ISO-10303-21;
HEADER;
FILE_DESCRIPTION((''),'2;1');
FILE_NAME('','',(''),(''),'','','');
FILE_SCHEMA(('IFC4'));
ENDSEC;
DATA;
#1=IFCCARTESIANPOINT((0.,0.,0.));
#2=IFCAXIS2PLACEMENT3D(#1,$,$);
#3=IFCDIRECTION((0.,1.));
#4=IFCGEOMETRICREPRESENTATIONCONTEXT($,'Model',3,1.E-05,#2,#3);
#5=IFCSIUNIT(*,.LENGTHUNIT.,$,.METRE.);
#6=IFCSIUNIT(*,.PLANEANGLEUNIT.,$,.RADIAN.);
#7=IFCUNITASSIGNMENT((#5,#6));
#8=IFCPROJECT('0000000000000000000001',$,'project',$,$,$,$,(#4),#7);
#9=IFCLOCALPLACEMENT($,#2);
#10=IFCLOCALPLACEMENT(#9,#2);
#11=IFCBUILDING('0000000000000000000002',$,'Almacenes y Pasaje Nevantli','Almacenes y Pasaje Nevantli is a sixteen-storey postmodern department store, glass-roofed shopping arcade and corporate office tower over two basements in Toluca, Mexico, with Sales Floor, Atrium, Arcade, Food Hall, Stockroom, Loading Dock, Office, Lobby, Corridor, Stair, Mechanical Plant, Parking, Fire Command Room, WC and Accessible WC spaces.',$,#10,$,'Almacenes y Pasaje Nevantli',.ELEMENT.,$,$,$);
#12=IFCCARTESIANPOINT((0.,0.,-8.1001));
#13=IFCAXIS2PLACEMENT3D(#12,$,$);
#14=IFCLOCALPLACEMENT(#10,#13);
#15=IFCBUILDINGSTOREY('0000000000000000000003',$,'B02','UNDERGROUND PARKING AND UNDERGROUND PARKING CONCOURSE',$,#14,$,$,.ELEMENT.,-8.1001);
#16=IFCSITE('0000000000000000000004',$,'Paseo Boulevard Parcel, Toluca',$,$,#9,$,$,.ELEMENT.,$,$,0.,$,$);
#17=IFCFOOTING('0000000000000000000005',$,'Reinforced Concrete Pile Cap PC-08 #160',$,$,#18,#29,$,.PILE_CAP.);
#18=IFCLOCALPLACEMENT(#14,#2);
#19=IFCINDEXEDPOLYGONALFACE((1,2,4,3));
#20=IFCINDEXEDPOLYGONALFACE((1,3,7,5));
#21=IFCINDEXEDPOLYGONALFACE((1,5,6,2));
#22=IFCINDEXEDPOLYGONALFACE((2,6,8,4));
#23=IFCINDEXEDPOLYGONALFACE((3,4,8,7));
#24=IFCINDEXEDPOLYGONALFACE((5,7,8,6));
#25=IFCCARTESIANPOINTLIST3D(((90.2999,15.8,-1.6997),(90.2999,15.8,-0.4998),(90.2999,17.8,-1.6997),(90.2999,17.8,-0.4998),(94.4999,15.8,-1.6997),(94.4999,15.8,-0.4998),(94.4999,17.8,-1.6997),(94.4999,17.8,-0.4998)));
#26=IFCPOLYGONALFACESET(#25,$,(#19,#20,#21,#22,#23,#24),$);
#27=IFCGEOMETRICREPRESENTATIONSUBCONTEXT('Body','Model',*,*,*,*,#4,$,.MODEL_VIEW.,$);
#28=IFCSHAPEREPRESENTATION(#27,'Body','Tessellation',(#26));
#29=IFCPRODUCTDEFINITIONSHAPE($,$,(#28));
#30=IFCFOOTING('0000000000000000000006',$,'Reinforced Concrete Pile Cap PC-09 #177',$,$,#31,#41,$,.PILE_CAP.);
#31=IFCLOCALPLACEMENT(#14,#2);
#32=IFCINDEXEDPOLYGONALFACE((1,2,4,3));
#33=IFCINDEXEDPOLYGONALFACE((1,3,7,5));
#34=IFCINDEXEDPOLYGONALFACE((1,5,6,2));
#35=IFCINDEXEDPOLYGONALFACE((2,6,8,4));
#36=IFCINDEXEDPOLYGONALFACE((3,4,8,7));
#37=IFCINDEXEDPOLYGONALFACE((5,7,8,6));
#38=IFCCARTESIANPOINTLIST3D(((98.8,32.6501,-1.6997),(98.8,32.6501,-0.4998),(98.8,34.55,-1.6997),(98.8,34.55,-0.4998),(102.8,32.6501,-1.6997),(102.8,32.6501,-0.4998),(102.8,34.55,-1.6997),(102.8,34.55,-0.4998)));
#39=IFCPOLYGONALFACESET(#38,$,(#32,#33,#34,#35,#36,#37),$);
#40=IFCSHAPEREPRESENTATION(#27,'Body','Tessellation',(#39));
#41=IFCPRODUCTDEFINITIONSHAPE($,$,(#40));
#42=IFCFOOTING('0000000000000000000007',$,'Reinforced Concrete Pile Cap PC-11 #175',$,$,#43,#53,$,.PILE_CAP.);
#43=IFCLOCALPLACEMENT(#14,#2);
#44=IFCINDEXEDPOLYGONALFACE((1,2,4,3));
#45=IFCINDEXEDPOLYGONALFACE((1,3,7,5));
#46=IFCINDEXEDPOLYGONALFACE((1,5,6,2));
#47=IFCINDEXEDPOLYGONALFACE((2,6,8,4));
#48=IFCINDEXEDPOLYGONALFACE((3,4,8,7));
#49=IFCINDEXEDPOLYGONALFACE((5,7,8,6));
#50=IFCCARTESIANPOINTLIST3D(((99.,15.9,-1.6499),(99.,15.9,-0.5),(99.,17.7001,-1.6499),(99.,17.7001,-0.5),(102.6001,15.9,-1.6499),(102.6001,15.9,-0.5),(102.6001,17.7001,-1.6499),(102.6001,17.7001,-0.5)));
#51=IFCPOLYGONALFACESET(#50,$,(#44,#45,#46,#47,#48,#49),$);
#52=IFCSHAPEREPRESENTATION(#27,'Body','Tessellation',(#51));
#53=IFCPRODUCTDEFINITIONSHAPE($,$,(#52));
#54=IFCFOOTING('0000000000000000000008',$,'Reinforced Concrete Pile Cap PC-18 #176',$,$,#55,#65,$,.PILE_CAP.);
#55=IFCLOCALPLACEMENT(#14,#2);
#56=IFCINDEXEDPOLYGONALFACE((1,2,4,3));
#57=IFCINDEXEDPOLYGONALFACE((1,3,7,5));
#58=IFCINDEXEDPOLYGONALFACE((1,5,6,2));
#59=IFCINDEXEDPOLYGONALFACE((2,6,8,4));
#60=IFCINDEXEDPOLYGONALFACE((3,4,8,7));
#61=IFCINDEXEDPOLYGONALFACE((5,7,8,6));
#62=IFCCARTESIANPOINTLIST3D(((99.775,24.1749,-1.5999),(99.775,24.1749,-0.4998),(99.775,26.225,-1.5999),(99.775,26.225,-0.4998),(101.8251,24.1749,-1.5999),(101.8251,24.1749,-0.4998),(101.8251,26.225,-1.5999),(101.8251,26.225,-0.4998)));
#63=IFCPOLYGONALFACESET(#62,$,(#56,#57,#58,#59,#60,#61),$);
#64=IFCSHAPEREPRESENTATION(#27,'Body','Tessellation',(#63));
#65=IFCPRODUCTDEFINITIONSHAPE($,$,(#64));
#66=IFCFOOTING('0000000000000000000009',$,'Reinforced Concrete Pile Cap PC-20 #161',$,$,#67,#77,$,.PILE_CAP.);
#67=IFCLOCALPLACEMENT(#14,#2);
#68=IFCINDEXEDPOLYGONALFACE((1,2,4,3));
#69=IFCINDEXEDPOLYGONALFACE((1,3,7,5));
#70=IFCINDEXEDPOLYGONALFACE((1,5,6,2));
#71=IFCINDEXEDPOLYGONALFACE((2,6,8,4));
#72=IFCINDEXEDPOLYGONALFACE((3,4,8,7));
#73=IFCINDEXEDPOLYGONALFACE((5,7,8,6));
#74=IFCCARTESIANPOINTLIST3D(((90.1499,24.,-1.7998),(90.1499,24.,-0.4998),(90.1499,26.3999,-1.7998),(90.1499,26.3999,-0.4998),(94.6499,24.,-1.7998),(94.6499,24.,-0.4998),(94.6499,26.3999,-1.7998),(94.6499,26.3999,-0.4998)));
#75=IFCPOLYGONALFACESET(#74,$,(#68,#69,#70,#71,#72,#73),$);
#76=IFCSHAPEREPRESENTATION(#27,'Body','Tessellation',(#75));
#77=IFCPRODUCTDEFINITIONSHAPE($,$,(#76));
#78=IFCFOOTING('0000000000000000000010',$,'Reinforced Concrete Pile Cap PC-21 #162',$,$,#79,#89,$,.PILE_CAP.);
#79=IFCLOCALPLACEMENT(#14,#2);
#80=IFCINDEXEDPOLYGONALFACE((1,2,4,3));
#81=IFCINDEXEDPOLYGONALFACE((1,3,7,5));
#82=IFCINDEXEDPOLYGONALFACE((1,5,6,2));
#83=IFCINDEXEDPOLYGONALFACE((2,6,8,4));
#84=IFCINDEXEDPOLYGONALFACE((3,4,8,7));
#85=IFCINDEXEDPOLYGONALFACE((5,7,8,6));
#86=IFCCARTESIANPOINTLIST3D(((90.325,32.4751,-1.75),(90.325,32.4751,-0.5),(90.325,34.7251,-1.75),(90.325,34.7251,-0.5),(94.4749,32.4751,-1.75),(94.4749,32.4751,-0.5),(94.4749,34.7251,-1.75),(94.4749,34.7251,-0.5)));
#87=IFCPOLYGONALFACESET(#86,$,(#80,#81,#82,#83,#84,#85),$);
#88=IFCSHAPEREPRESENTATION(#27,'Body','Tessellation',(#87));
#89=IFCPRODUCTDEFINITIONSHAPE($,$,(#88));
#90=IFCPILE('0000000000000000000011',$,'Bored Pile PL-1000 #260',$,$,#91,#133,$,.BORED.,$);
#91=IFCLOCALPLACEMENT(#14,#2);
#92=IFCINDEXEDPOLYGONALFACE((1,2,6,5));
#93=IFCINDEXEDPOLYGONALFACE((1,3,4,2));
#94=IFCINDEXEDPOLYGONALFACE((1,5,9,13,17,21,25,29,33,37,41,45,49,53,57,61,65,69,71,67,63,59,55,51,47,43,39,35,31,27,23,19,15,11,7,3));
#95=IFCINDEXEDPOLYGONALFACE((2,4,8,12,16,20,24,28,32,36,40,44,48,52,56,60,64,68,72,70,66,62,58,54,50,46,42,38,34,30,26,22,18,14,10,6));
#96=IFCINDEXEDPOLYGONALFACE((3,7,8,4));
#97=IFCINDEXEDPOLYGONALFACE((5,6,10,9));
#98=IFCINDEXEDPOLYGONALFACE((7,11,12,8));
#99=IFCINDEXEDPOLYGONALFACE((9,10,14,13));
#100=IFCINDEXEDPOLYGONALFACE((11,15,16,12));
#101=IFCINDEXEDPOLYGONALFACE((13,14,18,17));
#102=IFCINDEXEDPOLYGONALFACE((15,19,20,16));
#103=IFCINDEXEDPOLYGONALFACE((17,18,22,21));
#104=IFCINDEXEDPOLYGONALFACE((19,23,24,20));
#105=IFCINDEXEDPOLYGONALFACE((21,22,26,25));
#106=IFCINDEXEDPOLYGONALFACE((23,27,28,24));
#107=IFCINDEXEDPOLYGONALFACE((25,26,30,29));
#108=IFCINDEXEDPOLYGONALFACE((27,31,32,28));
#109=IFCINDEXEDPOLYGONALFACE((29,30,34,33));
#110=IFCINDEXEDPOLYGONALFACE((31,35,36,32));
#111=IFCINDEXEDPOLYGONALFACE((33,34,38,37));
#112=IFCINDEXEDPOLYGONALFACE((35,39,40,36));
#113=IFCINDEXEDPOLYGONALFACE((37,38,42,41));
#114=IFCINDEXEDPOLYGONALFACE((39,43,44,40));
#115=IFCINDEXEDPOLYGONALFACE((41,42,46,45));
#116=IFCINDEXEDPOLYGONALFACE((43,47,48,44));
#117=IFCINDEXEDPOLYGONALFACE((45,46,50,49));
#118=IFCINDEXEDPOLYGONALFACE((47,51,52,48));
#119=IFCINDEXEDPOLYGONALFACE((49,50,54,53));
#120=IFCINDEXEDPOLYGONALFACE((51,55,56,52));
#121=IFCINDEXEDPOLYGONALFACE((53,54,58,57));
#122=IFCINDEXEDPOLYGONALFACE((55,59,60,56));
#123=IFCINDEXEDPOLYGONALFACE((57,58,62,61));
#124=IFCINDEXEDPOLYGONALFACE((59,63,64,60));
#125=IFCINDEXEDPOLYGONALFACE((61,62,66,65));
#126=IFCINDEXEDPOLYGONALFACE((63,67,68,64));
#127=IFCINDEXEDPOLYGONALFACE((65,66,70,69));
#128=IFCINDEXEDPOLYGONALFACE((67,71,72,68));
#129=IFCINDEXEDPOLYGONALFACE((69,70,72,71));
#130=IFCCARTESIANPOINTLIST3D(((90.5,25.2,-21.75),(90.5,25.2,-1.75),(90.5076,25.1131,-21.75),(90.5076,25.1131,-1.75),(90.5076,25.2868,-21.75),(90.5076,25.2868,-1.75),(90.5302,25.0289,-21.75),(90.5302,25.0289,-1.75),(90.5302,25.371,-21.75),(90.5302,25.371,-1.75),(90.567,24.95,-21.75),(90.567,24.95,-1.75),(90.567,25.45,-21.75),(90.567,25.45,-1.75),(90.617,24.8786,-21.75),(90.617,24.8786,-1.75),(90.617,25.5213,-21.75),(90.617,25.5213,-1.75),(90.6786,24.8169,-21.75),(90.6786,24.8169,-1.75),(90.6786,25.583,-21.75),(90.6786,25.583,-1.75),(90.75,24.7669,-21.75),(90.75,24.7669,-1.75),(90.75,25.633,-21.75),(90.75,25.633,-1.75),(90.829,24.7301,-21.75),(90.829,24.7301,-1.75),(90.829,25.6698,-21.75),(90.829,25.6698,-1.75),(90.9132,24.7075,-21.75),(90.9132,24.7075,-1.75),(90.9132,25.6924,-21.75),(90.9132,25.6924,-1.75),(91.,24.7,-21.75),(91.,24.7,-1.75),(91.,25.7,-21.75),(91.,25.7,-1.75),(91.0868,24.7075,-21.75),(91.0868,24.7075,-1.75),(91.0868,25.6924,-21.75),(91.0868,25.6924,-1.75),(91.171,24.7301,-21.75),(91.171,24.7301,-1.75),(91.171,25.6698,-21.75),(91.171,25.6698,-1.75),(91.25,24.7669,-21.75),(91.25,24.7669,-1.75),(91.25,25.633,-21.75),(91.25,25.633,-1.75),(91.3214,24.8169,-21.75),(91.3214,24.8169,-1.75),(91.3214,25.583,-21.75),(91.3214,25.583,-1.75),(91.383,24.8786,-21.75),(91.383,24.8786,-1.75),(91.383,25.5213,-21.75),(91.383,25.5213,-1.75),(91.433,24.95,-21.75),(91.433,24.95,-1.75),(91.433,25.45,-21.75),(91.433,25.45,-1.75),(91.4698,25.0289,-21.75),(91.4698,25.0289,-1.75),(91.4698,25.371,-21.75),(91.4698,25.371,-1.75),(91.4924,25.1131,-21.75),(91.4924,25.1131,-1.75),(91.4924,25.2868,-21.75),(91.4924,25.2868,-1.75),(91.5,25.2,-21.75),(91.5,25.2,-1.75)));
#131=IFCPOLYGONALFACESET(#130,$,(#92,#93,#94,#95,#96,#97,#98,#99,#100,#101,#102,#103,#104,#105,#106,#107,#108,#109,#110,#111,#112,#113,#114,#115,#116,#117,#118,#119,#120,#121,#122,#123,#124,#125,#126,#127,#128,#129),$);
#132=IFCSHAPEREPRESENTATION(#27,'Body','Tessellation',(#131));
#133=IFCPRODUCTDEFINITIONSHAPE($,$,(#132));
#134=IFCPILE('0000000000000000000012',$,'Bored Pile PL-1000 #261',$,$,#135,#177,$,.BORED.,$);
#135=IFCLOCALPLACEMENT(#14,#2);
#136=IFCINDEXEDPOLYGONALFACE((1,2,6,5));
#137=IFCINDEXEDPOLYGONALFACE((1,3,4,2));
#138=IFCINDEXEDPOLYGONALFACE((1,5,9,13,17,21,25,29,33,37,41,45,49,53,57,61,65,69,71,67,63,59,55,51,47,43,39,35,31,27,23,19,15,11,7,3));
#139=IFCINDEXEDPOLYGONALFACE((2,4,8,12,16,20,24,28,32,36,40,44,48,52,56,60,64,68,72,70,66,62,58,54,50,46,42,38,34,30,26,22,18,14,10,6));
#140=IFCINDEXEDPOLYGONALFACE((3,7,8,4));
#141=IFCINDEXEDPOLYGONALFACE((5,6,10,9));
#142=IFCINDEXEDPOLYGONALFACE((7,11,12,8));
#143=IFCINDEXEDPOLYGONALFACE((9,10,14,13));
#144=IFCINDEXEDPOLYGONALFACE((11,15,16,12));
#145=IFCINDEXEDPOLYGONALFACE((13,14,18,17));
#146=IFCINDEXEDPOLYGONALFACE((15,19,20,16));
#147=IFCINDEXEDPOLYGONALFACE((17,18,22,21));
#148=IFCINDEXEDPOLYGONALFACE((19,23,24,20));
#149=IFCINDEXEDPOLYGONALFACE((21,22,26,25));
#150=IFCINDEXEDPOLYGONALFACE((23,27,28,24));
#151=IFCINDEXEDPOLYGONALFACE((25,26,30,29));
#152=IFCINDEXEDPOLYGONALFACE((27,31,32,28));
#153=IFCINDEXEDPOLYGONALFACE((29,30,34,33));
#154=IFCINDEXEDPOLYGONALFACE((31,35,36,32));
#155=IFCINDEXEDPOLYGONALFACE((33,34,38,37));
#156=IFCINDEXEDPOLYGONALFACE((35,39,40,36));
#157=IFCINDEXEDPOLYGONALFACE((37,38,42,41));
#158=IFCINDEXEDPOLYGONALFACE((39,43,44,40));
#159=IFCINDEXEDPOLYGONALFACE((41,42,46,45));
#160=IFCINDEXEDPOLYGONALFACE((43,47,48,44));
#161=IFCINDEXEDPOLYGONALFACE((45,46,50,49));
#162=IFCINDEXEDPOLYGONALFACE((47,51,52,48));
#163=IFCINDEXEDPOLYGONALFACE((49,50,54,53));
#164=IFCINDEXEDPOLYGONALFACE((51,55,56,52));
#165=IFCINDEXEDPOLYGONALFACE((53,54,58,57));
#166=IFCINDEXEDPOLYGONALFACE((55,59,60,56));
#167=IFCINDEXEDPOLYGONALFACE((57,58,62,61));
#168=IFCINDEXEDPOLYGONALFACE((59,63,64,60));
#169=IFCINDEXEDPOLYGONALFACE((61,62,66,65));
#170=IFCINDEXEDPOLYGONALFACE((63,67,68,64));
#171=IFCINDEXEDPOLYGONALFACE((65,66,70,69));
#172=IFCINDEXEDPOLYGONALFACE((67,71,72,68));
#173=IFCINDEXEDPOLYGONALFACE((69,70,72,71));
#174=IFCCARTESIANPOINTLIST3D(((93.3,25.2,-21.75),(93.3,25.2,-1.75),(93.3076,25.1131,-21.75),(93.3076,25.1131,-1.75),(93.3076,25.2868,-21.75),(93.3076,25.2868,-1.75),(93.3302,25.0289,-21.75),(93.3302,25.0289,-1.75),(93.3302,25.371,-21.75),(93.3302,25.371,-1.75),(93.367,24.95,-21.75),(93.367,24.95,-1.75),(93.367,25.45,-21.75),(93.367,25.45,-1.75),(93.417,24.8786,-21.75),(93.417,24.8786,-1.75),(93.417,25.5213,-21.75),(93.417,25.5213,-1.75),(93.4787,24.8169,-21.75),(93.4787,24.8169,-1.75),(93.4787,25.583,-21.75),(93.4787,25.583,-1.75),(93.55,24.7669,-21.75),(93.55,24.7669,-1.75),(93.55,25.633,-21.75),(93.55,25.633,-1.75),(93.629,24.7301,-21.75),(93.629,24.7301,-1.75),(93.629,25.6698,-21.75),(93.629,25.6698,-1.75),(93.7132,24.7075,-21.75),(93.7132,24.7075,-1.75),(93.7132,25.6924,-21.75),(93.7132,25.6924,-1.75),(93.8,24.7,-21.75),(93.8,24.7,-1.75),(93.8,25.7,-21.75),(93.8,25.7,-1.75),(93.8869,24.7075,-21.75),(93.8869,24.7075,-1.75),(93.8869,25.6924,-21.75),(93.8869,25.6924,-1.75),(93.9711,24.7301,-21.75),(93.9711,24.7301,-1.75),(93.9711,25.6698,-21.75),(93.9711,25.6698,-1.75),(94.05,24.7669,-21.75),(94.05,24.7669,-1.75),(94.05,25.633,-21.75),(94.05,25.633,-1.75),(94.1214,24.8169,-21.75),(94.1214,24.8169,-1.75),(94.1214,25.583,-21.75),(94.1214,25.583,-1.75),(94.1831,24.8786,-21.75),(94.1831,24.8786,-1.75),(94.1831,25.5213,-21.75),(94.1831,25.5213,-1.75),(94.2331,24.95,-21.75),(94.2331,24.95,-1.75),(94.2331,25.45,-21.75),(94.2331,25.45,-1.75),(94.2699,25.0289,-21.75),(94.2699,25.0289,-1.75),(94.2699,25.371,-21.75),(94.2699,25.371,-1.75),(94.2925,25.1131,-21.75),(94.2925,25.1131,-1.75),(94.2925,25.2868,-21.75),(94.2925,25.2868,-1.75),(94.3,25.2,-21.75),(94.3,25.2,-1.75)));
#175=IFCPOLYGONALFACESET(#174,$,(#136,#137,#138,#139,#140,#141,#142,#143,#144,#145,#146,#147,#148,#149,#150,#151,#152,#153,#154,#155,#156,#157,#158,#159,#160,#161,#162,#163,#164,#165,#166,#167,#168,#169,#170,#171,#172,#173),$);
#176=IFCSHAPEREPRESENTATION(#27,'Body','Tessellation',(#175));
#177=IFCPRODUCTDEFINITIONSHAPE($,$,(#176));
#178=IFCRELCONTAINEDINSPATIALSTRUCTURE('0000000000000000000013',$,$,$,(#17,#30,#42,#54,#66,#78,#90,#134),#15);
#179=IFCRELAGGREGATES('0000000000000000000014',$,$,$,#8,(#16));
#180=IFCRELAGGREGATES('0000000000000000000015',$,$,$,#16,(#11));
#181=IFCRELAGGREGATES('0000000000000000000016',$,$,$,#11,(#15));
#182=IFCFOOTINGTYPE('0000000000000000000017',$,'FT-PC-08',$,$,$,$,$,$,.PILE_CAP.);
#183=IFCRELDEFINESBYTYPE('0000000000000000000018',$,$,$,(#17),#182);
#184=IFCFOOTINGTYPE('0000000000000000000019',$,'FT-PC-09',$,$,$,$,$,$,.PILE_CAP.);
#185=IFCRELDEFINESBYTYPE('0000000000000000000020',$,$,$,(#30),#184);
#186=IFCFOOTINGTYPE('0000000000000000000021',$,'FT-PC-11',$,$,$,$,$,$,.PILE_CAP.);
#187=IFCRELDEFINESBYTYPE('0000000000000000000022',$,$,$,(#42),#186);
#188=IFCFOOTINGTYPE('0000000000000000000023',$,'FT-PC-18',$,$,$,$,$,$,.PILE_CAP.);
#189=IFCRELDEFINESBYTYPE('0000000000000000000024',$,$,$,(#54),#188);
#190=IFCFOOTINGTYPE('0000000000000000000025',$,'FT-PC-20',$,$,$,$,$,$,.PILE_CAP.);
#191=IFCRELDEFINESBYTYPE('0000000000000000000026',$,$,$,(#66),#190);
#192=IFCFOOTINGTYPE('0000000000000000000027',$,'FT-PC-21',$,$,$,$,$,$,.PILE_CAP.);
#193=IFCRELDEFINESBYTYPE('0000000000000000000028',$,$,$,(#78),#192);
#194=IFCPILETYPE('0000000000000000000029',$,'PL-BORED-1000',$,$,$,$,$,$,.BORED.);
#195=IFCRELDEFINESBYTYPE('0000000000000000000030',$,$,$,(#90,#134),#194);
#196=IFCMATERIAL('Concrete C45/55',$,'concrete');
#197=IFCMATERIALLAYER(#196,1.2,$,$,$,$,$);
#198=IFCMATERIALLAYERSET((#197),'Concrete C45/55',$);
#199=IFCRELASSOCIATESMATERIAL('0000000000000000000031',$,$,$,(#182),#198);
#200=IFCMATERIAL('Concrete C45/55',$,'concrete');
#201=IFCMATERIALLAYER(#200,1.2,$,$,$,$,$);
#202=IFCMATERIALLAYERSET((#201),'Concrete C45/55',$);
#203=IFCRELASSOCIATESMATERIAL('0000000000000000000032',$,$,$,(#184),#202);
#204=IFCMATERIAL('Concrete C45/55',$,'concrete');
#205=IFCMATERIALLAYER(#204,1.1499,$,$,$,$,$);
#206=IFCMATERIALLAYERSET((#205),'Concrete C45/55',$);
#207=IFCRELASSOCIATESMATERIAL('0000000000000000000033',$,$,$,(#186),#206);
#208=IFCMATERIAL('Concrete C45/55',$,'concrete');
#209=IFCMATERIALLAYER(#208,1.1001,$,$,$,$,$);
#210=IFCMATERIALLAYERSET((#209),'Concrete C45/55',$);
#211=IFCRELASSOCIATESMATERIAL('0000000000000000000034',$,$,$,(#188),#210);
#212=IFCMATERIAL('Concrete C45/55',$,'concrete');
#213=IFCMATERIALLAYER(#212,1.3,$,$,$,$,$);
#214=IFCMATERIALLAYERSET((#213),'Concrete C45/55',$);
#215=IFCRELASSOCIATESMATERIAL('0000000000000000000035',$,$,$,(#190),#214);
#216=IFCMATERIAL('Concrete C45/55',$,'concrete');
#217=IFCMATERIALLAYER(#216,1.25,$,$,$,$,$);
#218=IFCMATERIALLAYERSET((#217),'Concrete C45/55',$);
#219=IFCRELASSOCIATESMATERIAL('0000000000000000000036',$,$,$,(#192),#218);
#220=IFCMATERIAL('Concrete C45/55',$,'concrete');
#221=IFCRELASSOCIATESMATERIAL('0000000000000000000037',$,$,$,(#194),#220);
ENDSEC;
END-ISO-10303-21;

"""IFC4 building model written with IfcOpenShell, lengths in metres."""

from ifc_helpers import new_model, si_unit, direction, frame, origin, origin_2d, place, context, subcontext, project, spatial, rectangle, circle, extrude, material, layer, layer_set, material_profile, profile_set, type_object, element, save


model = new_model("IFC4")

# Units and contexts
model_context = context("Model", 3, precision=1e-05, world=origin(), true_north=direction((0.0, 1.0)))
body_context = subcontext(model_context, "Body", "Model", "MODEL_VIEW")
ifc_project = project(units=[si_unit("LENGTHUNIT", "METRE"), si_unit("PLANEANGLEUNIT", "RADIAN")], contexts=[model_context])

# Site, building, storey
site_placement = place(None, origin())
site = spatial("IfcSite", under=ifc_project, at=site_placement, Name="Paseo Boulevard Parcel, Toluca", CompositionType="ELEMENT", RefElevation=0.0)
building_placement = place(site_placement, origin())
building = spatial("IfcBuilding", under=site, at=building_placement, Name="Almacenes y Pasaje Nevantli", Description="Almacenes y Pasaje Nevantli is a sixteen-storey postmodern department store, glass-roofed shopping arcade and corporate office tower over two basements in Toluca, Mexico, with Sales Floor, Atrium, Arcade, Food Hall, Stockroom, Loading Dock, Office, Lobby, Corridor, Stair, Mechanical Plant, Parking, Fire Command Room, WC and Accessible WC spaces.", LongName="Almacenes y Pasaje Nevantli", CompositionType="ELEMENT")
storey_placement = place(building_placement, frame((0.0, 0.0, -8.1001)))
storey = spatial("IfcBuildingStorey", under=building, at=storey_placement, Name="B02", Description="UNDERGROUND PARKING AND UNDERGROUND PARKING CONCOURSE", CompositionType="ELEMENT", Elevation=-8.1001)

# Footings
ifc_material_1 = material(Name="Concrete C45/55", Category="concrete")
ifc_layer_1 = layer(ifc_material_1, 1.2)
ifc_layer_set_1 = layer_set([ifc_layer_1], Name="Concrete C45/55")
footing_type_1 = type_object("IfcFootingType", Name="FT-PC-08", PredefinedType="PILE_CAP", material=ifc_layer_set_1)
footing_1_placement = place(storey_placement, frame((92.3999, 16.8, -1.6997), z_axis=(0.0, 0.0, 1.0), x_axis=(1.0, 0.0, 0.0)))
element("IfcFooting", 1, at=footing_1_placement, inside=storey, type_object=footing_type_1, Name="Reinforced Concrete Pile Cap PC-08 #160", PredefinedType="PILE_CAP", context=body_context, shape_type="SweptSolid", body=[
    extrude(rectangle(XDim=4.2, YDim=2.0, at=origin_2d()), origin(), (0.0, 0.0, 1.0), 1.2),
])
ifc_material_2 = material(Name="Concrete C45/55", Category="concrete")
ifc_layer_2 = layer(ifc_material_2, 1.2)
ifc_layer_set_2 = layer_set([ifc_layer_2], Name="Concrete C45/55")
footing_type_2 = type_object("IfcFootingType", Name="FT-PC-09", PredefinedType="PILE_CAP", material=ifc_layer_set_2)
footing_2_placement = place(storey_placement, frame((100.8, 33.6001, -1.6997), z_axis=(0.0, 0.0, 1.0), x_axis=(1.0, 0.0, 0.0)))
element("IfcFooting", 2, at=footing_2_placement, inside=storey, type_object=footing_type_2, Name="Reinforced Concrete Pile Cap PC-09 #177", PredefinedType="PILE_CAP", context=body_context, shape_type="SweptSolid", body=[
    extrude(rectangle(XDim=4.0, YDim=1.8999, at=origin_2d()), origin(), (0.0, 0.0, 1.0), 1.2),
])
ifc_material_3 = material(Name="Concrete C45/55", Category="concrete")
ifc_layer_3 = layer(ifc_material_3, 1.1499)
ifc_layer_set_3 = layer_set([ifc_layer_3], Name="Concrete C45/55")
footing_type_3 = type_object("IfcFootingType", Name="FT-PC-11", PredefinedType="PILE_CAP", material=ifc_layer_set_3)
footing_3_placement = place(storey_placement, frame((100.8, 16.8, -1.6499), z_axis=(0.0, 0.0, 1.0), x_axis=(1.0, 0.0, 0.0)))
element("IfcFooting", 3, at=footing_3_placement, inside=storey, type_object=footing_type_3, Name="Reinforced Concrete Pile Cap PC-11 #175", PredefinedType="PILE_CAP", context=body_context, shape_type="SweptSolid", body=[
    extrude(rectangle(XDim=3.6001, YDim=1.8, at=origin_2d()), origin(), (0.0, 0.0, 1.0), 1.1499),
])
ifc_material_4 = material(Name="Concrete C45/55", Category="concrete")
ifc_layer_4 = layer(ifc_material_4, 1.1001)
ifc_layer_set_4 = layer_set([ifc_layer_4], Name="Concrete C45/55")
footing_type_4 = type_object("IfcFootingType", Name="FT-PC-18", PredefinedType="PILE_CAP", material=ifc_layer_set_4)
footing_4_placement = place(storey_placement, frame((100.8, 25.2, -1.5999), z_axis=(0.0, 0.0, 1.0), x_axis=(1.0, 0.0, 0.0)))
element("IfcFooting", 4, at=footing_4_placement, inside=storey, type_object=footing_type_4, Name="Reinforced Concrete Pile Cap PC-18 #176", PredefinedType="PILE_CAP", context=body_context, shape_type="SweptSolid", body=[
    extrude(rectangle(XDim=2.05, YDim=2.05, at=origin_2d()), origin(), (0.0, 0.0, 1.0), 1.1001),
])
ifc_material_5 = material(Name="Concrete C45/55", Category="concrete")
ifc_layer_5 = layer(ifc_material_5, 1.3)
ifc_layer_set_5 = layer_set([ifc_layer_5], Name="Concrete C45/55")
footing_type_5 = type_object("IfcFootingType", Name="FT-PC-20", PredefinedType="PILE_CAP", material=ifc_layer_set_5)
footing_5_placement = place(storey_placement, frame((92.3999, 25.2, -1.7998), z_axis=(0.0, 0.0, 1.0), x_axis=(1.0, 0.0, 0.0)))
element("IfcFooting", 5, at=footing_5_placement, inside=storey, type_object=footing_type_5, Name="Reinforced Concrete Pile Cap PC-20 #161", PredefinedType="PILE_CAP", context=body_context, shape_type="SweptSolid", body=[
    extrude(rectangle(XDim=4.5, YDim=2.3999, at=origin_2d()), origin(), (0.0, 0.0, 1.0), 1.3),
])
ifc_material_6 = material(Name="Concrete C45/55", Category="concrete")
ifc_layer_6 = layer(ifc_material_6, 1.25)
ifc_layer_set_6 = layer_set([ifc_layer_6], Name="Concrete C45/55")
footing_type_6 = type_object("IfcFootingType", Name="FT-PC-21", PredefinedType="PILE_CAP", material=ifc_layer_set_6)
footing_6_placement = place(storey_placement, frame((92.3999, 33.6001, -1.75), z_axis=(0.0, 0.0, 1.0), x_axis=(1.0, 0.0, 0.0)))
element("IfcFooting", 6, at=footing_6_placement, inside=storey, type_object=footing_type_6, Name="Reinforced Concrete Pile Cap PC-21 #162", PredefinedType="PILE_CAP", context=body_context, shape_type="SweptSolid", body=[
    extrude(rectangle(XDim=4.1499, YDim=2.25, at=origin_2d()), origin(), (0.0, 0.0, 1.0), 1.25),
])

# Piles
ifc_material_7 = material(Name="Concrete C45/55", Category="concrete")
ifc_material_profile_1 = material_profile(ifc_material_7, circle(Radius=0.5, at=origin_2d()), Name="RC-PILE-D1000")
ifc_profile_set_1 = profile_set([ifc_material_profile_1], Name="Concrete C45/55")
pile_type_1 = type_object("IfcPileType", Name="PL-BORED-1000", PredefinedType="BORED", material=ifc_profile_set_1)
for number, where, z_axis, x_axis, name in (
    (7, (91.0, 25.2, -1.75), (0.0, 0.0, -1.0), (1.0, 0.0, 0.0), "Bored Pile PL-1000 #260"),
    (8, (93.8, 25.2, -1.75), (0.0, 0.0, -1.0), (1.0, 0.0, 0.0), "Bored Pile PL-1000 #261"),
):
    element("IfcPile", number, at=place(storey_placement, frame(where, z_axis=z_axis, x_axis=x_axis)), inside=storey, type_object=pile_type_1, Name=name, PredefinedType="BORED", context=body_context, shape_type="SweptSolid", body=[
        extrude(circle(Radius=0.5, at=origin_2d()), origin(), (0.0, 0.0, 1.0), 20.0),
    ])

save(model, "model.ifc")
